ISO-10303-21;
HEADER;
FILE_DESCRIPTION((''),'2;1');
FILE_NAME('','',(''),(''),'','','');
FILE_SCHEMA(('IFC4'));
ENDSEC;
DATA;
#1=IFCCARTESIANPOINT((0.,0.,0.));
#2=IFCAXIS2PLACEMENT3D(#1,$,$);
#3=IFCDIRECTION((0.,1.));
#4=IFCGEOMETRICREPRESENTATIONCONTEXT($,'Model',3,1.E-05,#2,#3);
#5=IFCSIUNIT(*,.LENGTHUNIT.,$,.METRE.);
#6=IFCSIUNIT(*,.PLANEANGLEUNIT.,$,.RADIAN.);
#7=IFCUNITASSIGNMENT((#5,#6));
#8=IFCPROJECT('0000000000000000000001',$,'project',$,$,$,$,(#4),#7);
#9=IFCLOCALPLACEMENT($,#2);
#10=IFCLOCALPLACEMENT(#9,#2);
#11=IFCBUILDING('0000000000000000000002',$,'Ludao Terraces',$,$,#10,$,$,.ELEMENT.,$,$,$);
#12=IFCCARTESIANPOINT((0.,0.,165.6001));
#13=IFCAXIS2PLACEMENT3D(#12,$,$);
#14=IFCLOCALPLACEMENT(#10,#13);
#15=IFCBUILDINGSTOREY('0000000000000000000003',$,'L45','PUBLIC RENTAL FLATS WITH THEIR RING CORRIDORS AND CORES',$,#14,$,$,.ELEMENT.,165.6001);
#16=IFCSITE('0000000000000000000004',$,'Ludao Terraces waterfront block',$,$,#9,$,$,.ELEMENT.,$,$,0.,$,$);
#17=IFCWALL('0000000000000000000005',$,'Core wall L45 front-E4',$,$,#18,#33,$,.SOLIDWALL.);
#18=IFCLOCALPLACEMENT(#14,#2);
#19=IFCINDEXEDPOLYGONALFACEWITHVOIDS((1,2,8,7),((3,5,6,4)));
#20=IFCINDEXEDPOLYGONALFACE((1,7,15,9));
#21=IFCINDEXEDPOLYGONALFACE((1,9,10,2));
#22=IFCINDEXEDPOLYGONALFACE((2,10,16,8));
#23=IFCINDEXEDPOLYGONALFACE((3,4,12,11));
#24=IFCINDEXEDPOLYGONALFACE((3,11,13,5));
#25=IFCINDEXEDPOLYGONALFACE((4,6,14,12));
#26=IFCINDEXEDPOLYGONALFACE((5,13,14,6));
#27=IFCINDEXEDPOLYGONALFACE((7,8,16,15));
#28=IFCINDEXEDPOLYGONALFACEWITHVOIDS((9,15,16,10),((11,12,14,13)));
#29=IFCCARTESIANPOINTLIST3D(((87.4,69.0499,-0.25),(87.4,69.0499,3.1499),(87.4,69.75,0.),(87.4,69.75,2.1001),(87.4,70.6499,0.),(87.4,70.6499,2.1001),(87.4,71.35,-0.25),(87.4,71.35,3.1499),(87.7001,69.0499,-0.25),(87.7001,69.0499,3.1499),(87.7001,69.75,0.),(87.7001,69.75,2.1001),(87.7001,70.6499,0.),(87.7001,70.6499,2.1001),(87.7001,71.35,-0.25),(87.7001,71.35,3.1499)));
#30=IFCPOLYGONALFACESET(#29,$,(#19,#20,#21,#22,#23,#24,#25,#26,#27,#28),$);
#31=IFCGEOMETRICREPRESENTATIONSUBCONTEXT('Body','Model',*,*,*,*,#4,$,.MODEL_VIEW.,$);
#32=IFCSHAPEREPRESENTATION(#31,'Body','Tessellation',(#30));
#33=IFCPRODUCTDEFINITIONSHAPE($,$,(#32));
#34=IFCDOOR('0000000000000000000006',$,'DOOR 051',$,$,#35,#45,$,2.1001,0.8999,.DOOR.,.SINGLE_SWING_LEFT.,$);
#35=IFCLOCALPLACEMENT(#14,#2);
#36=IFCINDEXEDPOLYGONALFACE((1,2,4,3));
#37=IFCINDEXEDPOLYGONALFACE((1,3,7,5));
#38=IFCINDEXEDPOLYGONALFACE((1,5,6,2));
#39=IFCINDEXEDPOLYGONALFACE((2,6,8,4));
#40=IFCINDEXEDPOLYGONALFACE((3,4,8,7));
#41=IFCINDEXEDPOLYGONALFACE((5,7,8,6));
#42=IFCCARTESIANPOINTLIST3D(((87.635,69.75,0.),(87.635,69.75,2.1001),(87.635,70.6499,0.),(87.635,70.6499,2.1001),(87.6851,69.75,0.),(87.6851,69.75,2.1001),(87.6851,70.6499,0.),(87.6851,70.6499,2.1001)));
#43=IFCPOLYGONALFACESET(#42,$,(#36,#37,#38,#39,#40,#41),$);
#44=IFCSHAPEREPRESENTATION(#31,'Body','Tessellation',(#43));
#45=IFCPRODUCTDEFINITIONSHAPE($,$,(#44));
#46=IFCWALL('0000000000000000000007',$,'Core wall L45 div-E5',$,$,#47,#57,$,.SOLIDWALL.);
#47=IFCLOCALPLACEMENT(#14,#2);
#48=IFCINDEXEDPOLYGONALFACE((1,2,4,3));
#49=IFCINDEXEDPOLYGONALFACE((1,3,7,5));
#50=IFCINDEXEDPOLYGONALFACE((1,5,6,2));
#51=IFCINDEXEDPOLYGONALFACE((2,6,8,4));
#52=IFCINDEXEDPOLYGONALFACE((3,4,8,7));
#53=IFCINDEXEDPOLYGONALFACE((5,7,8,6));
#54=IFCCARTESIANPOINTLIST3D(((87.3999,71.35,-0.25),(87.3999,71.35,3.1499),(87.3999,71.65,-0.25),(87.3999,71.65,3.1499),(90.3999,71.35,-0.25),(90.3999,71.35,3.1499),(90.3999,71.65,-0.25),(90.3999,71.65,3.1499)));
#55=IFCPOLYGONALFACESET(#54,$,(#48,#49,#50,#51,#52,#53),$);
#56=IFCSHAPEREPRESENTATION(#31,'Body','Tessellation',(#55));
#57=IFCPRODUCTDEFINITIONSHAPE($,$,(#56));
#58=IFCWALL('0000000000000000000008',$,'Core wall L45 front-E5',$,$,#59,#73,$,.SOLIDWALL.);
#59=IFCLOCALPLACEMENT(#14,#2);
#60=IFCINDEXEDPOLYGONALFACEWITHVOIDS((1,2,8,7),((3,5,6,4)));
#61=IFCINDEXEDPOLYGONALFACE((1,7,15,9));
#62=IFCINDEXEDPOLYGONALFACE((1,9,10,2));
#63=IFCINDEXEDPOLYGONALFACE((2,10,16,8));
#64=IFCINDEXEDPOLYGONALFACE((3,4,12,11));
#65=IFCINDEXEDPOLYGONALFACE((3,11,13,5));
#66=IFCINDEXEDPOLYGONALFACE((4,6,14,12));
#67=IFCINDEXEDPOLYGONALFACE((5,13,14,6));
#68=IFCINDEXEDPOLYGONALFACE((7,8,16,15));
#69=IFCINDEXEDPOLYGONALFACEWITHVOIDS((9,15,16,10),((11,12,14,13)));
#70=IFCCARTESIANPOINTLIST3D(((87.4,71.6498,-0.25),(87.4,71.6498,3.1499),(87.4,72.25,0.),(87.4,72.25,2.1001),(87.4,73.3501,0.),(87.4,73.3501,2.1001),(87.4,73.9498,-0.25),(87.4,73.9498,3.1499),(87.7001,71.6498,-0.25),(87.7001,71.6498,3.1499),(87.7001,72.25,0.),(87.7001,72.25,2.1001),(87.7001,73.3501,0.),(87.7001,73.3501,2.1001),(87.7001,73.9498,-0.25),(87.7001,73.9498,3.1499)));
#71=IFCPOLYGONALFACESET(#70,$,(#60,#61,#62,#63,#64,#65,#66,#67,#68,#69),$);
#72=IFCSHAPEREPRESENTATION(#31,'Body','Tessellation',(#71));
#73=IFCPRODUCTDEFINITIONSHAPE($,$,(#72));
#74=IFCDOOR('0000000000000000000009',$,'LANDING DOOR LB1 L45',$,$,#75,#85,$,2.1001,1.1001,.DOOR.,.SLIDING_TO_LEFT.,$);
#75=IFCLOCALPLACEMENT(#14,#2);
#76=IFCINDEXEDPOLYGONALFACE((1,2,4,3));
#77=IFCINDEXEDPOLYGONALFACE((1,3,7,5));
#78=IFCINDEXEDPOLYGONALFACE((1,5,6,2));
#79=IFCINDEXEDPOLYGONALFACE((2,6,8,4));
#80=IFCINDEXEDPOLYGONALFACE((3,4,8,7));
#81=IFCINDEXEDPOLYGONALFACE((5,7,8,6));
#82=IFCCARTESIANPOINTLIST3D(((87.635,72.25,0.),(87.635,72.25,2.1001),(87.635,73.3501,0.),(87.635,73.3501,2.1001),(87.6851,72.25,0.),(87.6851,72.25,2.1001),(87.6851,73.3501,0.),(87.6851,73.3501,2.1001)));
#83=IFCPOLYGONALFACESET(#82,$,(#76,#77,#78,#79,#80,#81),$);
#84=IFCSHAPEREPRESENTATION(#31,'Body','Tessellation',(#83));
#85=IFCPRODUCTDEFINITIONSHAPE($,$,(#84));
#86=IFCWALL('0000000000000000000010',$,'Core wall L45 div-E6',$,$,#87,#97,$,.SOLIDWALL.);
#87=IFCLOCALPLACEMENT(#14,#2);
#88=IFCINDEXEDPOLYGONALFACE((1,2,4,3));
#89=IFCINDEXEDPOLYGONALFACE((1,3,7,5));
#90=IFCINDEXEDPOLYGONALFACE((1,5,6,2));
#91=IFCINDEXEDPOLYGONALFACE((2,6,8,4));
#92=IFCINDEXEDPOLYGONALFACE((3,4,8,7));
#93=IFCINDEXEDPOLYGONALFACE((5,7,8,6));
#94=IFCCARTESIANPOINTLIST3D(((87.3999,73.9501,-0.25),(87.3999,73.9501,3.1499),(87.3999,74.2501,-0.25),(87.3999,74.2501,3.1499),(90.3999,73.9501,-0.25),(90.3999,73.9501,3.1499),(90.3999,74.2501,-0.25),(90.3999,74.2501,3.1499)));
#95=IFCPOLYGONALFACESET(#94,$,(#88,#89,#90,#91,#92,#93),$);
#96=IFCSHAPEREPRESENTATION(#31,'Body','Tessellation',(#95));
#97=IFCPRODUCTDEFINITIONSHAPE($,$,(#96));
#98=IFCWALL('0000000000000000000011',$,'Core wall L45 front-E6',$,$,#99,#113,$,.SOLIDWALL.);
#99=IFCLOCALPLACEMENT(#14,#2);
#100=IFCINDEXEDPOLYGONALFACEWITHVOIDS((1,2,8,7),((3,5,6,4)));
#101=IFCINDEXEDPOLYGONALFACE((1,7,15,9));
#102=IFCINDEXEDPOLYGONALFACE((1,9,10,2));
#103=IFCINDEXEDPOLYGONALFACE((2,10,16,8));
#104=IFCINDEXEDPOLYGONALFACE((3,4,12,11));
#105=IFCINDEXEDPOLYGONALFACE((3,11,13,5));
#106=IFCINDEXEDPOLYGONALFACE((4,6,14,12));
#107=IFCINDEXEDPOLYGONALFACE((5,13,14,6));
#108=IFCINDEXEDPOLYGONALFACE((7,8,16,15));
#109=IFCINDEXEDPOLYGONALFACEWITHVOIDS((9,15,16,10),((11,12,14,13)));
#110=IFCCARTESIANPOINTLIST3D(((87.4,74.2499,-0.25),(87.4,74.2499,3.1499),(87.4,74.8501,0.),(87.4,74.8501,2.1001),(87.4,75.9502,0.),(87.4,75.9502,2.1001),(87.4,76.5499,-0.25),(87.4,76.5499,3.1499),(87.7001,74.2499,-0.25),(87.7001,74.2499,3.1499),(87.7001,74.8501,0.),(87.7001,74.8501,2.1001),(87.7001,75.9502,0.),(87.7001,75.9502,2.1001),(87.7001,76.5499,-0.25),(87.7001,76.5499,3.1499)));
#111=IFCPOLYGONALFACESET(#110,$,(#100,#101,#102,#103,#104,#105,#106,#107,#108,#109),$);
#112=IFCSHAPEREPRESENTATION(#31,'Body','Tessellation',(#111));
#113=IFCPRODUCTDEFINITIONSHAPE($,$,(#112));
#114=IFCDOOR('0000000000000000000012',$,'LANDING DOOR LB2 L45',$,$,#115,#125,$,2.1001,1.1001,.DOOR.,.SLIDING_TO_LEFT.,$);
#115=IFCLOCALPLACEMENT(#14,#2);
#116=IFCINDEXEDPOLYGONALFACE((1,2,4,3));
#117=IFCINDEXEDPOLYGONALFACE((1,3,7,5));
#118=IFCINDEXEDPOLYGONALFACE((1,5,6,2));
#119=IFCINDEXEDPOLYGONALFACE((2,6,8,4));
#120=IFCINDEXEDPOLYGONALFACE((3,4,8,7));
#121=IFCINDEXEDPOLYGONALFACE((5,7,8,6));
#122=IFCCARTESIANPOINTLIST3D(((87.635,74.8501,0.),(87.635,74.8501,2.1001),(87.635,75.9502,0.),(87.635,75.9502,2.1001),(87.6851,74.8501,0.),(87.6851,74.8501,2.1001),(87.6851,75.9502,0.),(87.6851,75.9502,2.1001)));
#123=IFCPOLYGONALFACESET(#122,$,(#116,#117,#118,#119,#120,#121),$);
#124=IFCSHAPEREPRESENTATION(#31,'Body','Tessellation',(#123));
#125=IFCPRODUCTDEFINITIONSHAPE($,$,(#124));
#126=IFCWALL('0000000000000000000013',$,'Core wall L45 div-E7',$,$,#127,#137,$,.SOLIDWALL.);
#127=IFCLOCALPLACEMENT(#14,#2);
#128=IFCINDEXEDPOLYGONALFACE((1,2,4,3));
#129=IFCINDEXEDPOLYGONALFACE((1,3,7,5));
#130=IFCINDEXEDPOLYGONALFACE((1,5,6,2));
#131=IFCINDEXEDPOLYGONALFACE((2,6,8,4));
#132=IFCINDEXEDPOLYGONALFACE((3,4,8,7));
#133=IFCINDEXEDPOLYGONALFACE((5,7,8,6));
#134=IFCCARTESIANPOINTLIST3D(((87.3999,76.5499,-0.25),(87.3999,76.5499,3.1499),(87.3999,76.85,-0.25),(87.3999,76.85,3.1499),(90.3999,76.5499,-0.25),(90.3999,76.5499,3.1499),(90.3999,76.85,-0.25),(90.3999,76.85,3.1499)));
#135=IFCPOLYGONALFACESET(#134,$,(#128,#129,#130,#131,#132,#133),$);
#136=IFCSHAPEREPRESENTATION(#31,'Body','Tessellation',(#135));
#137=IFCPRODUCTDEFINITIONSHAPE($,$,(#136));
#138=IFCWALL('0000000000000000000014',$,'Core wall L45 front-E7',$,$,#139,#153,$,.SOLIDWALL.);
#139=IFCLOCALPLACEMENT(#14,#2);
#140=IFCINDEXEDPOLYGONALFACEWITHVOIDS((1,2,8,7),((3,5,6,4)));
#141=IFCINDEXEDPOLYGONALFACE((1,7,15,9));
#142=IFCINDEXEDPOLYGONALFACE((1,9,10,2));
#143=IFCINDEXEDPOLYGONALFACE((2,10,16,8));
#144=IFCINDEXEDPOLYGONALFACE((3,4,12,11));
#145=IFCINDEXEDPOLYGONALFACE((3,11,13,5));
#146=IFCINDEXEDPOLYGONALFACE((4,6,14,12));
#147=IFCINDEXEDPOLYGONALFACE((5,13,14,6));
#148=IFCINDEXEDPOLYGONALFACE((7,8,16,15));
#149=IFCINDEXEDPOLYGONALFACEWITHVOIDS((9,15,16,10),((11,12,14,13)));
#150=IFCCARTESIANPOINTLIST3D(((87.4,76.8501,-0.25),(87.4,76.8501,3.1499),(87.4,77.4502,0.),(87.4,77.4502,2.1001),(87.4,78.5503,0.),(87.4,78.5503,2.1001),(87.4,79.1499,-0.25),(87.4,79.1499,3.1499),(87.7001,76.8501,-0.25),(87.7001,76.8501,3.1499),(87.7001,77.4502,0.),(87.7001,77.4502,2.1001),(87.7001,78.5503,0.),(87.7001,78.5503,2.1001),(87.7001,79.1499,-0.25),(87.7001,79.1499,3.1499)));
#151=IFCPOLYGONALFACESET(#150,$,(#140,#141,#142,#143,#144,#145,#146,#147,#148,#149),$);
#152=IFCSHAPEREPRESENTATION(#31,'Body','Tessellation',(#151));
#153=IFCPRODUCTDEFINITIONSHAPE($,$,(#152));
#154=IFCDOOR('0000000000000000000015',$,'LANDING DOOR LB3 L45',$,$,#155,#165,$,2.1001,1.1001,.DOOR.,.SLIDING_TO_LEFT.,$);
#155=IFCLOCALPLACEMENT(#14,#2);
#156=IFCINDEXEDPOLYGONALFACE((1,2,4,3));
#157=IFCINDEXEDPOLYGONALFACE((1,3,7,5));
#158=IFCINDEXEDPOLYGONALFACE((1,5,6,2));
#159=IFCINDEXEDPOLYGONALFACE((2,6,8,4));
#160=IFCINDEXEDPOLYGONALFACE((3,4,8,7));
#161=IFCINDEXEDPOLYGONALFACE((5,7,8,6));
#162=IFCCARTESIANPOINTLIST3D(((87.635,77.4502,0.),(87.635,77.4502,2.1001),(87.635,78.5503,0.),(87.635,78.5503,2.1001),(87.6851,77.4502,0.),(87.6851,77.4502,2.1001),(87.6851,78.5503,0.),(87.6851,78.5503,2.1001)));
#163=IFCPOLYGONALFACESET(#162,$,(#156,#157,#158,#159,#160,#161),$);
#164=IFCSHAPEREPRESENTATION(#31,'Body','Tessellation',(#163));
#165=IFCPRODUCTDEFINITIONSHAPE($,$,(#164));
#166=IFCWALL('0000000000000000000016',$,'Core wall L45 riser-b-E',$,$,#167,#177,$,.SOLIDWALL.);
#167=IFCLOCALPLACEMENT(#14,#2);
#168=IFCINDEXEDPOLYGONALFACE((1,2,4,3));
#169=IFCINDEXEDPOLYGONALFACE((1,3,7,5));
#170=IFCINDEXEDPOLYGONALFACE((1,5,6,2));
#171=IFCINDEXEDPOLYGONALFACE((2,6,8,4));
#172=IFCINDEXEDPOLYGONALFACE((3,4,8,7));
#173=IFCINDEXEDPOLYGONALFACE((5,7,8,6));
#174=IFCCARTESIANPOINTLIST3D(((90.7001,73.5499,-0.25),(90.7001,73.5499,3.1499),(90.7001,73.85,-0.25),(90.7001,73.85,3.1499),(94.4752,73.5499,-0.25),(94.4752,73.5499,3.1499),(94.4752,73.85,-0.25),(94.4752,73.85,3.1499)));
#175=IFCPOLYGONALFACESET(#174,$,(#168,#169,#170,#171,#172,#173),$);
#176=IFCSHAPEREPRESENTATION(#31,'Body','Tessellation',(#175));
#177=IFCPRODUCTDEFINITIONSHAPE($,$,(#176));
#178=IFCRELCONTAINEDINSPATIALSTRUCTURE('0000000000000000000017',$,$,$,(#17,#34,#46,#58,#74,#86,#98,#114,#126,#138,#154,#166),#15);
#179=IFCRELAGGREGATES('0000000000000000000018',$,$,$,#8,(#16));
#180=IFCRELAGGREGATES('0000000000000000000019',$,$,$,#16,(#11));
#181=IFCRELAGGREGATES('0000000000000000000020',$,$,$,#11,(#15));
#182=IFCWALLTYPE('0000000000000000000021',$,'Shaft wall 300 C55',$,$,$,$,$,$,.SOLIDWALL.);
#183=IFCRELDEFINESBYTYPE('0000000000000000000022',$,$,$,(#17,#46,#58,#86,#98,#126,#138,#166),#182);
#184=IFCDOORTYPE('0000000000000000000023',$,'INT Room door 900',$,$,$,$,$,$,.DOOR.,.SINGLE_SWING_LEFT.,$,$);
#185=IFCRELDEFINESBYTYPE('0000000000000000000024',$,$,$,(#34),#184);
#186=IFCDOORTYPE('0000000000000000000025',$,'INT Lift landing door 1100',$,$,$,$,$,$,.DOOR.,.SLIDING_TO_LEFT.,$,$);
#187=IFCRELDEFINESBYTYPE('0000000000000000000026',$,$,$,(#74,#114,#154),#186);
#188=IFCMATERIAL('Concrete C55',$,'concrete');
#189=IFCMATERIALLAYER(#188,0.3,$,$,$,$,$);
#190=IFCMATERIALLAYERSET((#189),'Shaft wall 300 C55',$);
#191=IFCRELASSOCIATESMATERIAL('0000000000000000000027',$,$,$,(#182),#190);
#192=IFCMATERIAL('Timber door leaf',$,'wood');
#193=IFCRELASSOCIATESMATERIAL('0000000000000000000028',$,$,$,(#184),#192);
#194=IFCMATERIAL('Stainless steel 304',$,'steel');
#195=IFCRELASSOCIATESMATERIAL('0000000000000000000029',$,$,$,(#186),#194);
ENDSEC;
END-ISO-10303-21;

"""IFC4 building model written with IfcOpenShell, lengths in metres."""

from ifc_helpers import new_model, si_unit, direction, frame, frame_2d, origin, place, context, subcontext, project, spatial, rectangle, extrude, material, layer, layer_set, type_object, element, fill, save


model = new_model("IFC4")

# Units and contexts
model_context = context("Model", 3, precision=1e-05, world=origin(), true_north=direction((0.0, 1.0)))
body_context = subcontext(model_context, "Body", "Model", "MODEL_VIEW")
ifc_project = project(units=[si_unit("LENGTHUNIT", "METRE"), si_unit("PLANEANGLEUNIT", "RADIAN")], contexts=[model_context])

# Site, building, storey
site_placement = place(None, origin())
site = spatial("IfcSite", under=ifc_project, at=site_placement, Name="Ludao Terraces waterfront block", CompositionType="ELEMENT", RefElevation=0.0)
building_placement = place(site_placement, origin())
building = spatial("IfcBuilding", under=site, at=building_placement, Name="Ludao Terraces", CompositionType="ELEMENT")
storey_placement = place(building_placement, frame((0.0, 0.0, 165.6001)))
storey = spatial("IfcBuildingStorey", under=building, at=storey_placement, Name="L45", Description="PUBLIC RENTAL FLATS WITH THEIR RING CORRIDORS AND CORES", CompositionType="ELEMENT", Elevation=165.6001)

# Shared definitions
ifc_material_1 = material(Name="Concrete C55", Category="concrete")
ifc_layer_1 = layer(ifc_material_1, 0.3)
ifc_layer_set_1 = layer_set([ifc_layer_1], Name="Shaft wall 300 C55")
wall_type_1 = type_object("IfcWallType", Name="Shaft wall 300 C55", PredefinedType="SOLIDWALL", material=ifc_layer_set_1)

# Shared definitions
ifc_material_2 = material(Name="Timber door leaf", Category="wood")
door_type_1 = type_object("IfcDoorType", Name="INT Room door 900", OperationType="SINGLE_SWING_LEFT", PredefinedType="DOOR", material=ifc_material_2)

# Wall, opening, door
wall_1_placement = place(storey_placement, frame((87.55, 69.05, -0.25), z_axis=(0.0, 0.0, 1.0), x_axis=(0.0, 1.0, 0.0)))
wall_1 = element("IfcWall", 1, at=wall_1_placement, inside=storey, type_object=wall_type_1, Name="Core wall L45 front-E4", PredefinedType="SOLIDWALL", context=body_context, shape_type="SweptSolid", body=[
    extrude(rectangle(XDim=2.3, YDim=0.3, at=frame_2d((1.1499, 0.0))), origin(), (0.0, 0.0, 1.0), 3.3999),
])
opening_1_placement = place(wall_1_placement, frame((0.7, 0.0, 0.25)))
opening_1 = element("IfcOpeningElement", 2, at=opening_1_placement, cuts=wall_1, PredefinedType="OPENING", context=body_context, shape_type="SweptSolid", body=[
    extrude(rectangle(XDim=0.8999, YDim=2.1001, at=frame_2d((0.45, 1.05))), frame((0.0, 0.1602, 0.0), z_axis=(0.0, -1.0, 0.0), x_axis=(1.0, 0.0, 0.0)), (0.0, 0.0, 1.0), 0.3201),
])
door_1_placement = place(opening_1_placement, origin())
door_1 = element("IfcDoor", 3, at=door_1_placement, inside=storey, type_object=door_type_1, Name="DOOR 051", OperationType="SINGLE_SWING_LEFT", OverallHeight=2.1001, OverallWidth=0.8999, PredefinedType="DOOR", context=body_context, shape_type="SweptSolid", body=[
    extrude(rectangle(XDim=0.8999, YDim=2.1001, at=frame_2d((0.45, 1.05))), frame((0.0, -0.085, 0.0), z_axis=(0.0, -1.0, 0.0), x_axis=(1.0, 0.0, 0.0)), (0.0, 0.0, 1.0), 0.05),
])
fill(opening_1, door_1)

# Wall
wall_2_placement = place(storey_placement, frame((87.3999, 71.5, -0.25), z_axis=(0.0, 0.0, 1.0), x_axis=(1.0, 0.0, 0.0)))
element("IfcWall", 4, at=wall_2_placement, inside=storey, type_object=wall_type_1, Name="Core wall L45 div-E5", PredefinedType="SOLIDWALL", context=body_context, shape_type="SweptSolid", body=[
    extrude(rectangle(XDim=3.0, YDim=0.3, at=frame_2d((1.5, 0.0))), origin(), (0.0, 0.0, 1.0), 3.3999),
])

# Wall, opening, door
wall_3_placement = place(storey_placement, frame((87.55, 71.6499, -0.25), z_axis=(0.0, 0.0, 1.0), x_axis=(0.0, 1.0, 0.0)))
wall_3 = element("IfcWall", 5, at=wall_3_placement, inside=storey, type_object=wall_type_1, Name="Core wall L45 front-E5", PredefinedType="SOLIDWALL", context=body_context, shape_type="SweptSolid", body=[
    extrude(rectangle(XDim=2.3, YDim=0.3, at=frame_2d((1.1499, 0.0))), origin(), (0.0, 0.0, 1.0), 3.3999),
])
opening_2_placement = place(wall_3_placement, frame((0.6001, 0.0, 0.25)))
opening_2 = element("IfcOpeningElement", 6, at=opening_2_placement, cuts=wall_3, PredefinedType="OPENING", context=body_context, shape_type="SweptSolid", body=[
    extrude(rectangle(XDim=1.1001, YDim=2.1001, at=frame_2d((0.55, 1.05))), frame((0.0, 0.1602, 0.0), z_axis=(0.0, -1.0, 0.0), x_axis=(1.0, 0.0, 0.0)), (0.0, 0.0, 1.0), 0.3201),
])
ifc_material_3 = material(Name="Stainless steel 304", Category="steel")
door_type_2 = type_object("IfcDoorType", Name="INT Lift landing door 1100", OperationType="SLIDING_TO_LEFT", PredefinedType="DOOR", material=ifc_material_3)
door_2_placement = place(opening_2_placement, origin())
door_2 = element("IfcDoor", 7, at=door_2_placement, inside=storey, type_object=door_type_2, Name="LANDING DOOR LB1 L45", OperationType="SLIDING_TO_LEFT", OverallHeight=2.1001, OverallWidth=1.1001, PredefinedType="DOOR", context=body_context, shape_type="SweptSolid", body=[
    extrude(rectangle(XDim=1.1001, YDim=2.1001, at=frame_2d((0.55, 1.05))), frame((0.0, -0.085, 0.0), z_axis=(0.0, -1.0, 0.0), x_axis=(1.0, 0.0, 0.0)), (0.0, 0.0, 1.0), 0.05),
])
fill(opening_2, door_2)

# Wall
wall_4_placement = place(storey_placement, frame((87.3999, 74.1001, -0.25), z_axis=(0.0, 0.0, 1.0), x_axis=(1.0, 0.0, 0.0)))
element("IfcWall", 8, at=wall_4_placement, inside=storey, type_object=wall_type_1, Name="Core wall L45 div-E6", PredefinedType="SOLIDWALL", context=body_context, shape_type="SweptSolid", body=[
    extrude(rectangle(XDim=3.0, YDim=0.3, at=frame_2d((1.5, 0.0))), origin(), (0.0, 0.0, 1.0), 3.3999),
])

# Wall, opening, door
wall_5_placement = place(storey_placement, frame((87.55, 74.25, -0.25), z_axis=(0.0, 0.0, 1.0), x_axis=(0.0, 1.0, 0.0)))
wall_5 = element("IfcWall", 9, at=wall_5_placement, inside=storey, type_object=wall_type_1, Name="Core wall L45 front-E6", PredefinedType="SOLIDWALL", context=body_context, shape_type="SweptSolid", body=[
    extrude(rectangle(XDim=2.3, YDim=0.3, at=frame_2d((1.1499, 0.0))), origin(), (0.0, 0.0, 1.0), 3.3999),
])
opening_3_placement = place(wall_5_placement, frame((0.6001, 0.0, 0.25)))
opening_3 = element("IfcOpeningElement", 10, at=opening_3_placement, cuts=wall_5, PredefinedType="OPENING", context=body_context, shape_type="SweptSolid", body=[
    extrude(rectangle(XDim=1.1001, YDim=2.1001, at=frame_2d((0.55, 1.05))), frame((0.0, 0.1602, 0.0), z_axis=(0.0, -1.0, 0.0), x_axis=(1.0, 0.0, 0.0)), (0.0, 0.0, 1.0), 0.3201),
])
door_3_placement = place(opening_3_placement, origin())
door_3 = element("IfcDoor", 11, at=door_3_placement, inside=storey, type_object=door_type_2, Name="LANDING DOOR LB2 L45", OperationType="SLIDING_TO_LEFT", OverallHeight=2.1001, OverallWidth=1.1001, PredefinedType="DOOR", context=body_context, shape_type="SweptSolid", body=[
    extrude(rectangle(XDim=1.1001, YDim=2.1001, at=frame_2d((0.55, 1.05))), frame((0.0, -0.085, 0.0), z_axis=(0.0, -1.0, 0.0), x_axis=(1.0, 0.0, 0.0)), (0.0, 0.0, 1.0), 0.05),
])
fill(opening_3, door_3)

# Wall
wall_6_placement = place(storey_placement, frame((87.3999, 76.7, -0.25), z_axis=(0.0, 0.0, 1.0), x_axis=(1.0, 0.0, 0.0)))
element("IfcWall", 12, at=wall_6_placement, inside=storey, type_object=wall_type_1, Name="Core wall L45 div-E7", PredefinedType="SOLIDWALL", context=body_context, shape_type="SweptSolid", body=[
    extrude(rectangle(XDim=3.0, YDim=0.3, at=frame_2d((1.5, 0.0))), origin(), (0.0, 0.0, 1.0), 3.3999),
])

# Wall, opening, door
wall_7_placement = place(storey_placement, frame((87.55, 76.8501, -0.25), z_axis=(0.0, 0.0, 1.0), x_axis=(0.0, 1.0, 0.0)))
wall_7 = element("IfcWall", 13, at=wall_7_placement, inside=storey, type_object=wall_type_1, Name="Core wall L45 front-E7", PredefinedType="SOLIDWALL", context=body_context, shape_type="SweptSolid", body=[
    extrude(rectangle(XDim=2.2998, YDim=0.3, at=frame_2d((1.1499, 0.0))), origin(), (0.0, 0.0, 1.0), 3.3999),
])
opening_4_placement = place(wall_7_placement, frame((0.6001, 0.0, 0.25)))
opening_4 = element("IfcOpeningElement", 14, at=opening_4_placement, cuts=wall_7, PredefinedType="OPENING", context=body_context, shape_type="SweptSolid", body=[
    extrude(rectangle(XDim=1.1001, YDim=2.1001, at=frame_2d((0.55, 1.05))), frame((0.0, 0.1602, 0.0), z_axis=(0.0, -1.0, 0.0), x_axis=(1.0, 0.0, 0.0)), (0.0, 0.0, 1.0), 0.3201),
])
door_4_placement = place(opening_4_placement, origin())
door_4 = element("IfcDoor", 15, at=door_4_placement, inside=storey, type_object=door_type_2, Name="LANDING DOOR LB3 L45", OperationType="SLIDING_TO_LEFT", OverallHeight=2.1001, OverallWidth=1.1001, PredefinedType="DOOR", context=body_context, shape_type="SweptSolid", body=[
    extrude(rectangle(XDim=1.1001, YDim=2.1001, at=frame_2d((0.55, 1.05))), frame((0.0, -0.085, 0.0), z_axis=(0.0, -1.0, 0.0), x_axis=(1.0, 0.0, 0.0)), (0.0, 0.0, 1.0), 0.05),
])
fill(opening_4, door_4)

# Wall
wall_8_placement = place(storey_placement, frame((90.7, 73.7, -0.25), z_axis=(0.0, 0.0, 1.0), x_axis=(1.0, 0.0, 0.0)))
element("IfcWall", 16, at=wall_8_placement, inside=storey, type_object=wall_type_1, Name="Core wall L45 riser-b-E", PredefinedType="SOLIDWALL", context=body_context, shape_type="SweptSolid", body=[
    extrude(rectangle(XDim=3.7751, YDim=0.3, at=frame_2d((1.8877, 0.0))), origin(), (0.0, 0.0, 1.0), 3.3999),
])

save(model, "model.ifc")
